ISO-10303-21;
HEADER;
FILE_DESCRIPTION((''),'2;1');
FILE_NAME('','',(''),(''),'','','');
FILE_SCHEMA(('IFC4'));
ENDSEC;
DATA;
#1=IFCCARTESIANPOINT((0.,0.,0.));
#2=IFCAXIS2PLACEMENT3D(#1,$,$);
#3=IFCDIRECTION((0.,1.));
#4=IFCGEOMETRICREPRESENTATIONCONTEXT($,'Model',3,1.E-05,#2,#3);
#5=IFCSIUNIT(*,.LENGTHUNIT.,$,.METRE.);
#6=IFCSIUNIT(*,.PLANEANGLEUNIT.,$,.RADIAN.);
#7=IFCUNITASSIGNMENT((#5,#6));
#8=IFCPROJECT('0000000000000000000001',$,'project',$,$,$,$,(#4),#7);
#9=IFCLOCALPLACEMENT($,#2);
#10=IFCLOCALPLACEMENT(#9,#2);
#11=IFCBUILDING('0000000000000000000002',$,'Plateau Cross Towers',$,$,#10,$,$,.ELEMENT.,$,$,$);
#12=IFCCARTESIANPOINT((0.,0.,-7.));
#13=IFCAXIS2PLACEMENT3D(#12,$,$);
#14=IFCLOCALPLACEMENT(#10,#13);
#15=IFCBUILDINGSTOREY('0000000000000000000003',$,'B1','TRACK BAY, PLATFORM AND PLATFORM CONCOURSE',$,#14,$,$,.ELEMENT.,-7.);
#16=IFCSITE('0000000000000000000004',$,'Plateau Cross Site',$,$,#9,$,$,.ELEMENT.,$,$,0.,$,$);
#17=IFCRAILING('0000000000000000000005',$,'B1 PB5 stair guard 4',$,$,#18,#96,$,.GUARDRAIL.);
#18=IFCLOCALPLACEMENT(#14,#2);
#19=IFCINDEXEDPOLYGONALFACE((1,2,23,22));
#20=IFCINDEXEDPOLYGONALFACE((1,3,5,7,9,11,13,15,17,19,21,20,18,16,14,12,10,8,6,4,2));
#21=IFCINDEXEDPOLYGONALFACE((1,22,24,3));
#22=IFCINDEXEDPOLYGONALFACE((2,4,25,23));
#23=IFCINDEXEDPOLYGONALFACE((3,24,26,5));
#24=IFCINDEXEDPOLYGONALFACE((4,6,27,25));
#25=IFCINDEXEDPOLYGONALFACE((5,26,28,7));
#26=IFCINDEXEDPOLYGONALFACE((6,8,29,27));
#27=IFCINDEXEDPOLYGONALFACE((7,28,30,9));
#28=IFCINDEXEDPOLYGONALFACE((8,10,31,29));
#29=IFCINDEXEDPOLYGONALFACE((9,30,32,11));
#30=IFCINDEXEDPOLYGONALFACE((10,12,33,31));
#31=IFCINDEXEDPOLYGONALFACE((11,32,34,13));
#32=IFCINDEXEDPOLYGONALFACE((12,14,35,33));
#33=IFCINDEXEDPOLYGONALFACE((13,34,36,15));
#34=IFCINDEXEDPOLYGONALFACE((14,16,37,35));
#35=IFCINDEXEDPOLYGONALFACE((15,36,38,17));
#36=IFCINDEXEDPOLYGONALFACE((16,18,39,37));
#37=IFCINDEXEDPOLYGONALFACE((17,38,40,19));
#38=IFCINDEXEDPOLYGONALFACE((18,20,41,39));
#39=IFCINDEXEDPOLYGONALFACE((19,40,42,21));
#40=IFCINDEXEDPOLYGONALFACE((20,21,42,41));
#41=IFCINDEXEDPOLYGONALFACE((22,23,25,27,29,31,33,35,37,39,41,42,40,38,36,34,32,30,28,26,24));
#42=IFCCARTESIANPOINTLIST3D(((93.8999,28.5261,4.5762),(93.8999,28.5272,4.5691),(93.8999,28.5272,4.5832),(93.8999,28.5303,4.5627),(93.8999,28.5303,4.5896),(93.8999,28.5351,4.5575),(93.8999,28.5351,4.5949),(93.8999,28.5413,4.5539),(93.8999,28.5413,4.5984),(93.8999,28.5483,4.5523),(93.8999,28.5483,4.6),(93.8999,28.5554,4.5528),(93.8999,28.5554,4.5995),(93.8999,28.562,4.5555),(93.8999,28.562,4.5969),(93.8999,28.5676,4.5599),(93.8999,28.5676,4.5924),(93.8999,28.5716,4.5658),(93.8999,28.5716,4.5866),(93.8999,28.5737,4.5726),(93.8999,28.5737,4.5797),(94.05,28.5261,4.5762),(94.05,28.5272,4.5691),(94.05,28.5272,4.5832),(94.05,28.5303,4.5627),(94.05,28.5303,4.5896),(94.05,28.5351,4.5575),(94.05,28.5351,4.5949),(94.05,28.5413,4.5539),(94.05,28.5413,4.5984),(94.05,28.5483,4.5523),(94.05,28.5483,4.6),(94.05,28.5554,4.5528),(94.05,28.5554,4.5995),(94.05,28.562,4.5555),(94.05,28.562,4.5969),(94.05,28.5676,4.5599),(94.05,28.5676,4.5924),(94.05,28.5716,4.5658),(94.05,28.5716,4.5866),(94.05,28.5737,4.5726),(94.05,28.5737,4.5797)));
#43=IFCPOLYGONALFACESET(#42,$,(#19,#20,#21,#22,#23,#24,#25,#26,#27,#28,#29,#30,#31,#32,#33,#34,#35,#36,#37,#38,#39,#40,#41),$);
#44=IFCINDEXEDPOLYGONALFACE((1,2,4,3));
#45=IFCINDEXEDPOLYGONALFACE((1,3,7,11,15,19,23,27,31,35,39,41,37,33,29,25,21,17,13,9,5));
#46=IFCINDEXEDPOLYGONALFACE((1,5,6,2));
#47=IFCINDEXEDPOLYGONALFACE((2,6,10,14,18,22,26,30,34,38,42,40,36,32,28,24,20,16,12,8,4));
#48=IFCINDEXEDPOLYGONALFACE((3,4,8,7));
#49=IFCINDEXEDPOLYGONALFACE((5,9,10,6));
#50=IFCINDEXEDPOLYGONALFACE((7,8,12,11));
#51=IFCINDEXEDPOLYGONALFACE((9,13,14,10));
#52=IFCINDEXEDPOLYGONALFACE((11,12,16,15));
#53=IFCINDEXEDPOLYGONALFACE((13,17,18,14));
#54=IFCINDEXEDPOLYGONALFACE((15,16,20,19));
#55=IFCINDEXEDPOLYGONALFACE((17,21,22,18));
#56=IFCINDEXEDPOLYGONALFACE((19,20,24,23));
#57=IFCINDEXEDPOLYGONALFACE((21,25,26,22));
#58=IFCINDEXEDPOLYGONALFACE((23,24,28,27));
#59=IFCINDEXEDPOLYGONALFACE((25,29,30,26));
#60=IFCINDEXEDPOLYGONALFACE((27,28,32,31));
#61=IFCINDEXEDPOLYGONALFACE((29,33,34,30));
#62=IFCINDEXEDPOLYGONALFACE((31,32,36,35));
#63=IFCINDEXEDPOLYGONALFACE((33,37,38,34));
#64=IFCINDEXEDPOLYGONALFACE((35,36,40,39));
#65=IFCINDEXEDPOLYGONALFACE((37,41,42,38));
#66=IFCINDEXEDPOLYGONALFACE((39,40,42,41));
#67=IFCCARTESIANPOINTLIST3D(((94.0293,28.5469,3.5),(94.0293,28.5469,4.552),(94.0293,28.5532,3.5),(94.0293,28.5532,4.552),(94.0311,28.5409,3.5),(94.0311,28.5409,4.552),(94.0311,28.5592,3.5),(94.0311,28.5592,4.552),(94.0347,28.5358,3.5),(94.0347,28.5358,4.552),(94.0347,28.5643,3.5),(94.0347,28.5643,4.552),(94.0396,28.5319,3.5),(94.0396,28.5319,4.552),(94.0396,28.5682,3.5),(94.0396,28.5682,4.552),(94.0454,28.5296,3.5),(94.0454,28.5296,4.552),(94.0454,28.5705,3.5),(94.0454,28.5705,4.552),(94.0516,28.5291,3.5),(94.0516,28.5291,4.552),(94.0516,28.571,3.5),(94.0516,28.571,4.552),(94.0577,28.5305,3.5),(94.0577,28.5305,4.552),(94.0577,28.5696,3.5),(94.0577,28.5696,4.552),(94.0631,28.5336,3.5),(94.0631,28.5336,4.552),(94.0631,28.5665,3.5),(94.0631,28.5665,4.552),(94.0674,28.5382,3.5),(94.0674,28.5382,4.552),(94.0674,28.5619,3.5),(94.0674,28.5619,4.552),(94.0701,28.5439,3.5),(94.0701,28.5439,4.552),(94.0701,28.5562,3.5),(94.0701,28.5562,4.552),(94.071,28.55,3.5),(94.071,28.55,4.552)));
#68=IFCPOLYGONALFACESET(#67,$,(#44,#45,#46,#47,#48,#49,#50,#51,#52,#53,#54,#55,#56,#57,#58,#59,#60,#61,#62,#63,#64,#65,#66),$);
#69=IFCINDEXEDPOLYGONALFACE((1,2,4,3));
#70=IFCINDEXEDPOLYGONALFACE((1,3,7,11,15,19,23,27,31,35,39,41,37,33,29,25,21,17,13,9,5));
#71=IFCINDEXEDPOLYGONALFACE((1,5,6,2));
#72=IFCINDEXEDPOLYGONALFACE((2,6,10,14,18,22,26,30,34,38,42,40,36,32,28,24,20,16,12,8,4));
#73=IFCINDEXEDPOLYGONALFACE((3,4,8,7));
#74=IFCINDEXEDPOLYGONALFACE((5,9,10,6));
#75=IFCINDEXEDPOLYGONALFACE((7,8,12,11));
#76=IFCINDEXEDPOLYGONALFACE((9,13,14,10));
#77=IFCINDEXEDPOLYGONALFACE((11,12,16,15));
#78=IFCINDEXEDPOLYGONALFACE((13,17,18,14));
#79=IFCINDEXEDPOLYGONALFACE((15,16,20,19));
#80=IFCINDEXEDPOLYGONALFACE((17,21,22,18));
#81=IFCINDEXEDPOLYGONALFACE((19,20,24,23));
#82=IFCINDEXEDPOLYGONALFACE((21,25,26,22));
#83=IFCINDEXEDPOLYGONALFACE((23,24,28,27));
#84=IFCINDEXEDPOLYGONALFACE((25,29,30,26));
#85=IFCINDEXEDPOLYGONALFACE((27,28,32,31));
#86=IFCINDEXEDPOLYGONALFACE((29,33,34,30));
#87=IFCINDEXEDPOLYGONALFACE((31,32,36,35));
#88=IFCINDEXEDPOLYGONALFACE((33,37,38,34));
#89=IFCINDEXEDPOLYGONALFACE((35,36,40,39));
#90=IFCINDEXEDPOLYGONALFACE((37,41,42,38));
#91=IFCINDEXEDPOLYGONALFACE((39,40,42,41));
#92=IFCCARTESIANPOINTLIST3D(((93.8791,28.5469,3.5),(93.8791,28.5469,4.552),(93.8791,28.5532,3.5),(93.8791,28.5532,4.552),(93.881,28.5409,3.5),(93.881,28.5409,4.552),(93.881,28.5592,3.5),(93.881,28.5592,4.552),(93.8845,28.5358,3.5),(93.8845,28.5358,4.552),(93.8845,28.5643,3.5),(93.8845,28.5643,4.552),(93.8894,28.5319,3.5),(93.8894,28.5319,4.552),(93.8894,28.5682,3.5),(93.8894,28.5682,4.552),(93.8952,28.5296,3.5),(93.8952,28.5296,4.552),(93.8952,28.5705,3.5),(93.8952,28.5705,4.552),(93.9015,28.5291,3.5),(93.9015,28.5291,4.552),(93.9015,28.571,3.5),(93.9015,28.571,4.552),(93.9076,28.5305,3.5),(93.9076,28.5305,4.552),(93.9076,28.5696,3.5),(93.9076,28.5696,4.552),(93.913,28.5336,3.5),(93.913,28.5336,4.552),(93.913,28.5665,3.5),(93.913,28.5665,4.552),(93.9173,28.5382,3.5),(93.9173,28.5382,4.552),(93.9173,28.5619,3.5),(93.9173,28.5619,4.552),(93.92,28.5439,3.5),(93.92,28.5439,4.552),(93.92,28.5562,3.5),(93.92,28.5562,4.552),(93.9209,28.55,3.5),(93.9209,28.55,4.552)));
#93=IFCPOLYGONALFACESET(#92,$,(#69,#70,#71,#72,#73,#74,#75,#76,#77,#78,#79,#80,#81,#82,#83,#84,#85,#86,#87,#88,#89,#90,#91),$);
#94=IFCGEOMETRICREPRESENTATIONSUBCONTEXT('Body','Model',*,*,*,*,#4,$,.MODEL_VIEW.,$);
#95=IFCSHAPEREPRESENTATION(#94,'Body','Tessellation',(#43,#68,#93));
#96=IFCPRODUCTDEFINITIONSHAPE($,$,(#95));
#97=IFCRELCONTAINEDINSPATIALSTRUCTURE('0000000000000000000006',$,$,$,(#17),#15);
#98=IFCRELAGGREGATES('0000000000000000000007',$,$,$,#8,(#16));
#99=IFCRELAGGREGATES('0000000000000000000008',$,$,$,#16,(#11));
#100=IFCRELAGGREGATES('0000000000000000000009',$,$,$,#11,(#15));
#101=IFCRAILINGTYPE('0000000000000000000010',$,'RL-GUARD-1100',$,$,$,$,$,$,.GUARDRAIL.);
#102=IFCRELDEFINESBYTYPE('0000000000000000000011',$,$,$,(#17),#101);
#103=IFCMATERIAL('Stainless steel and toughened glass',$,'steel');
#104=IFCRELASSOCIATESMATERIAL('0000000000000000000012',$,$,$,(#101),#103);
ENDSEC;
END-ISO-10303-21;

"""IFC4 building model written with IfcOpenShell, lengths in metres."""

from ifc_helpers import new_model, si_unit, direction, frame, origin, origin_2d, place, context, subcontext, project, spatial, circle, extrude, material, type_object, element, save


model = new_model("IFC4")

# Units and contexts
model_context = context("Model", 3, precision=1e-05, world=origin(), true_north=direction((0.0, 1.0)))
body_context = subcontext(model_context, "Body", "Model", "MODEL_VIEW")
ifc_project = project(units=[si_unit("LENGTHUNIT", "METRE"), si_unit("PLANEANGLEUNIT", "RADIAN")], contexts=[model_context])

# Site, building, storey
site_placement = place(None, origin())
site = spatial("IfcSite", under=ifc_project, at=site_placement, Name="Plateau Cross Site", CompositionType="ELEMENT", RefElevation=0.0)
building_placement = place(site_placement, origin())
building = spatial("IfcBuilding", under=site, at=building_placement, Name="Plateau Cross Towers", CompositionType="ELEMENT")
storey_placement = place(building_placement, frame((0.0, 0.0, -7.0)))
storey = spatial("IfcBuildingStorey", under=building, at=storey_placement, Name="B1", Description="TRACK BAY, PLATFORM AND PLATFORM CONCOURSE", CompositionType="ELEMENT", Elevation=-7.0)

# Railing
ifc_material_1 = material(Name="Stainless steel and toughened glass", Category="steel")
railing_type_1 = type_object("IfcRailingType", Name="RL-GUARD-1100", PredefinedType="GUARDRAIL", material=ifc_material_1)
railing_1_placement = place(storey_placement, frame((94.05, 28.55, 3.5)))
element("IfcRailing", 1, at=railing_1_placement, inside=storey, type_object=railing_type_1, Name="B1 PB5 stair guard 4", PredefinedType="GUARDRAIL", context=body_context, shape_type="SweptSolid", body=[
    extrude(circle(Radius=0.0239, at=origin_2d()), frame((0.0, 0.0, 1.0762), z_axis=(-1.0, 0.0, 0.0), x_axis=(0.0, -1.0, 0.0)), (0.0, 0.0, 1.0), 0.1501),
    extrude(circle(Radius=0.021, at=origin_2d()), origin(), (0.0, 0.0, 1.0), 1.052),
    extrude(circle(Radius=0.021, at=origin_2d()), frame((-0.1501, 0.0, 0.0)), (0.0, 0.0, 1.0), 1.052),
])

save(model, "model.ifc")
